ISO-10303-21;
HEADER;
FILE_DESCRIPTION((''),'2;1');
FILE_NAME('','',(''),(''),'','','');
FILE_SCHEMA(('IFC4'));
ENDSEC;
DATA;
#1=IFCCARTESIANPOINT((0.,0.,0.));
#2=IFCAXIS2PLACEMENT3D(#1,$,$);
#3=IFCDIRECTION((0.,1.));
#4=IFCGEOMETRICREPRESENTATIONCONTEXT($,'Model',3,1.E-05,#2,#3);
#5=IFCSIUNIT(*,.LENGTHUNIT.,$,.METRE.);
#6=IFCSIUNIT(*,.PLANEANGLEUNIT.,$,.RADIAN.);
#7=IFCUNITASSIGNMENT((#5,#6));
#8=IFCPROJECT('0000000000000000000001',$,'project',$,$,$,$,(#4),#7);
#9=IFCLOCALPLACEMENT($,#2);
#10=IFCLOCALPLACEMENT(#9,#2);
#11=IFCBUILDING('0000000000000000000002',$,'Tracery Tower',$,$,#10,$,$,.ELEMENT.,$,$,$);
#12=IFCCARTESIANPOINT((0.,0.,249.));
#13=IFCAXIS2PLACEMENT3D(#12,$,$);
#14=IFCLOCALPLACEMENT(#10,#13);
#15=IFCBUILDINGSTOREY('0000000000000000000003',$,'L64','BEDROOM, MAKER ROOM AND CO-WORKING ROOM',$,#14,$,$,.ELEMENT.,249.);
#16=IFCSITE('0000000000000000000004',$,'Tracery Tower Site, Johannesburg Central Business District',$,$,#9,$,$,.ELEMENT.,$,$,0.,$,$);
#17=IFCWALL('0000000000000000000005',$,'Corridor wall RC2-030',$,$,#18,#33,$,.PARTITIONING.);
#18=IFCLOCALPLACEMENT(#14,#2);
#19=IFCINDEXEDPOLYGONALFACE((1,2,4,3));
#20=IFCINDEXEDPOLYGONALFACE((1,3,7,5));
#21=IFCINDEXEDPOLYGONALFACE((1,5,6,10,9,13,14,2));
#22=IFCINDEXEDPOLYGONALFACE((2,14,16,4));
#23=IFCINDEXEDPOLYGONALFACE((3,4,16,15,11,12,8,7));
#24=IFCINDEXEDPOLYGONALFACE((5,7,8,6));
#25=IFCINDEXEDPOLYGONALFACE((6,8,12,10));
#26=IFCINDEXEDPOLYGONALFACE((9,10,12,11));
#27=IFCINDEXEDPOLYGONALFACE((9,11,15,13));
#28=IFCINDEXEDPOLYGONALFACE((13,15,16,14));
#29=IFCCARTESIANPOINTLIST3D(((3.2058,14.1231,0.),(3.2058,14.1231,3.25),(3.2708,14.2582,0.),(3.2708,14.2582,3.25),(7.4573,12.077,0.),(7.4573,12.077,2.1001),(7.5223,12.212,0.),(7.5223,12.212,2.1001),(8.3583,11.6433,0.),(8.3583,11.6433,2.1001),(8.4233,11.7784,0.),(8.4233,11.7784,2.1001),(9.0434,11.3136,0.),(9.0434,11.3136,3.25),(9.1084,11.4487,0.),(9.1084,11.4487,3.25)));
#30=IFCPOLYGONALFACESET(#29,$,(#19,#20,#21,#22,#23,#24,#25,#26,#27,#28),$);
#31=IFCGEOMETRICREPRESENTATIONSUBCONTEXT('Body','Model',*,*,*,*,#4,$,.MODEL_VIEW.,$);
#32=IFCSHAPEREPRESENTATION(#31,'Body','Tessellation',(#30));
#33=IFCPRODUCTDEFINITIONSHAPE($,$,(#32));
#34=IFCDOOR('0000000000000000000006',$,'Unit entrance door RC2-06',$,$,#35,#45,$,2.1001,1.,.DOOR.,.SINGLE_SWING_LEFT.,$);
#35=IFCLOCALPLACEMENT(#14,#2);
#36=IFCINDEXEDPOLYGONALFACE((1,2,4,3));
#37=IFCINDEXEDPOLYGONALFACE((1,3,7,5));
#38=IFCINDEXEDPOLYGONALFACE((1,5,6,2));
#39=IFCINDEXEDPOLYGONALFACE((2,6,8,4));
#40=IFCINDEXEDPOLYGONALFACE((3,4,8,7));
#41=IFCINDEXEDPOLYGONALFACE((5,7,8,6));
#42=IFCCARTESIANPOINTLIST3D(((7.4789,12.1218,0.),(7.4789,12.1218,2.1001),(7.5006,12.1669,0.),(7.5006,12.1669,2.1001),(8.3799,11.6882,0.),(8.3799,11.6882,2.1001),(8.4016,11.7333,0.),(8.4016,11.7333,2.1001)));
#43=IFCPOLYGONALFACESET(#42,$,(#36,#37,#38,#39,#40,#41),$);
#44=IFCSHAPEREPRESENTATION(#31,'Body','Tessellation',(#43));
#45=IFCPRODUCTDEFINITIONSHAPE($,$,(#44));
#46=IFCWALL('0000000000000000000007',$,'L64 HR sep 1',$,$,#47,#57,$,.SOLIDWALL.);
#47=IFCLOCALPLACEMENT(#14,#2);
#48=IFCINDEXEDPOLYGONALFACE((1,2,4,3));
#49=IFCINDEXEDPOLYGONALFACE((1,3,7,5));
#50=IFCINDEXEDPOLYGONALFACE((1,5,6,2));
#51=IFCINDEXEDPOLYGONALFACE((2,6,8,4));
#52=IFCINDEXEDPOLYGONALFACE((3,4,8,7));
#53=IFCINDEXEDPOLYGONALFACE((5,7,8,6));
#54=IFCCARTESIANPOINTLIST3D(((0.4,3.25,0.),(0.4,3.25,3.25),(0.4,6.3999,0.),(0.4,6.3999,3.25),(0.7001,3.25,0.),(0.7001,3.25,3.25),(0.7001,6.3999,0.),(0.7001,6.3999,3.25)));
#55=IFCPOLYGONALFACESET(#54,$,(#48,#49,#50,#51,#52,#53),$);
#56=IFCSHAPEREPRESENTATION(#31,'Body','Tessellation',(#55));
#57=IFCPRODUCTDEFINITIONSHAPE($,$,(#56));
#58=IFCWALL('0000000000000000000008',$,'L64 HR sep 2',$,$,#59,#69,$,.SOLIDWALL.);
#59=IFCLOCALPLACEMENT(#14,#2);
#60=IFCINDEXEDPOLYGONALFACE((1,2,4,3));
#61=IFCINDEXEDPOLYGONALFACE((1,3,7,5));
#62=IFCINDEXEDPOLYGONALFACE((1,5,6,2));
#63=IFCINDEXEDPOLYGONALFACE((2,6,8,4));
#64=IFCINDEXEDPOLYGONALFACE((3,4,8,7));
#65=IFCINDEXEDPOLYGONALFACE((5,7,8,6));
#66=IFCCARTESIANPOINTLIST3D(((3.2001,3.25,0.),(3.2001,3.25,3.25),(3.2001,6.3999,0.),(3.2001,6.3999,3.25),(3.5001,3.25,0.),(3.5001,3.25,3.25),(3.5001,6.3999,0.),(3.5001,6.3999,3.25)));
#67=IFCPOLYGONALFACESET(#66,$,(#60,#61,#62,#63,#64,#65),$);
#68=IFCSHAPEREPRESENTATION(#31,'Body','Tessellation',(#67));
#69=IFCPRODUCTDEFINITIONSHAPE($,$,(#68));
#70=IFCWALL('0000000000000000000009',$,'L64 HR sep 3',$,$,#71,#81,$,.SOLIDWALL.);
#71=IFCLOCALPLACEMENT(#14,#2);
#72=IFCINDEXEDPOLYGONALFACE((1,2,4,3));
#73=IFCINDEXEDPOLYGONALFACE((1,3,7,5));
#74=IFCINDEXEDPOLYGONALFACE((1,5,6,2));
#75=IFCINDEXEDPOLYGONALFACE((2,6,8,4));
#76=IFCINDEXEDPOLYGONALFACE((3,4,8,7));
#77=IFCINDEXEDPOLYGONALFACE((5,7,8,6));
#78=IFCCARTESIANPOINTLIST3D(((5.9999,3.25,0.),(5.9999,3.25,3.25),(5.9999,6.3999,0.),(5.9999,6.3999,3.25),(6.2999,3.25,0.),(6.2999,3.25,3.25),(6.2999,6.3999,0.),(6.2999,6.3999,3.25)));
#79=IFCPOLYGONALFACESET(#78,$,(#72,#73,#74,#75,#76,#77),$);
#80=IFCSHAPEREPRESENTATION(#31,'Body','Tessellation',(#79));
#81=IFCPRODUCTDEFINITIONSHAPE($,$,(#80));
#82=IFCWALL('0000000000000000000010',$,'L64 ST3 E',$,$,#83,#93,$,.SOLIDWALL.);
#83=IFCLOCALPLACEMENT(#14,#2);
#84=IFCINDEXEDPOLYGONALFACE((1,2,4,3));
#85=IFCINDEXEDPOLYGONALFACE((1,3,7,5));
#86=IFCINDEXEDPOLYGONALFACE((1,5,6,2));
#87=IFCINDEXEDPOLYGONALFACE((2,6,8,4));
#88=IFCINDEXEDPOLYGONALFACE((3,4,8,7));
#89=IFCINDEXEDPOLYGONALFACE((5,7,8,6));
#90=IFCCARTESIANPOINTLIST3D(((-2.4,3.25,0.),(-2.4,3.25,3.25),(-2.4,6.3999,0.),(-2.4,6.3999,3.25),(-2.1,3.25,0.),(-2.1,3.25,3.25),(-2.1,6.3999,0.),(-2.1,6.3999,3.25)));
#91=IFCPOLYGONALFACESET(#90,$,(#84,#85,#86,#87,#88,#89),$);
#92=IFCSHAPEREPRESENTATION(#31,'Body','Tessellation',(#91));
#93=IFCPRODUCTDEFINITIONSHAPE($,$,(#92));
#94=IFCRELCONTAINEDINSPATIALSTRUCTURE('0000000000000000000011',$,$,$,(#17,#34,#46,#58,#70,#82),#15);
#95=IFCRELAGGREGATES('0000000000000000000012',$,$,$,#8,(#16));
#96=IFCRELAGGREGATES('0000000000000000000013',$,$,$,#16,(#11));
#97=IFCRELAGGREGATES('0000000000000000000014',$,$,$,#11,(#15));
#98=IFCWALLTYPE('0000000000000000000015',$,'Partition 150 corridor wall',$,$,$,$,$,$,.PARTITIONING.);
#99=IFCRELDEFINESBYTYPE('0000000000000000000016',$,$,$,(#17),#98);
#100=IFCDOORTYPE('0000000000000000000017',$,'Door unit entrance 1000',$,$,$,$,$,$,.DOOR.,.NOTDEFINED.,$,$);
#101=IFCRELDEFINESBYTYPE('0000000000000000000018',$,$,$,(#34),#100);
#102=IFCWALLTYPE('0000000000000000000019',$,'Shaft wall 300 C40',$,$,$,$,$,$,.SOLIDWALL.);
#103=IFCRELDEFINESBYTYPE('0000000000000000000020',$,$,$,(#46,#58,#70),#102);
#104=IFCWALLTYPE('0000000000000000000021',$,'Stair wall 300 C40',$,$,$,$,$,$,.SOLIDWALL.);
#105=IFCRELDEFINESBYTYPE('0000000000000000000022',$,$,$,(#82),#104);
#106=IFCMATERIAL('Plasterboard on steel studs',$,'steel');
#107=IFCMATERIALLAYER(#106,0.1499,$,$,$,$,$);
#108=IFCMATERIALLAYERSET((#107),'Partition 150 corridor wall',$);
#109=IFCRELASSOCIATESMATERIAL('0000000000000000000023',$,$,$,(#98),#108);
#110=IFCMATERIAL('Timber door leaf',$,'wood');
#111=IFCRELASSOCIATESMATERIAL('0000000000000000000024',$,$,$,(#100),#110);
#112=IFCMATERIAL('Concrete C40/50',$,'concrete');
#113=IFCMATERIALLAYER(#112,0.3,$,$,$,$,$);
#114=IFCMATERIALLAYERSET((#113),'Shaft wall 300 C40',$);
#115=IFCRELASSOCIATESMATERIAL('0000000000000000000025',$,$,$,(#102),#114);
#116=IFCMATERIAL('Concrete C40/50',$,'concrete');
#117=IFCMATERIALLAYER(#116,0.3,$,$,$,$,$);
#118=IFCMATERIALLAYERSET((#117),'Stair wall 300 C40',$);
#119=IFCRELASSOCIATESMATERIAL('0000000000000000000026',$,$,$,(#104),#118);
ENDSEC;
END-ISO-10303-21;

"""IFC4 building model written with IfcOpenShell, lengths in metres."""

from ifc_helpers import new_model, si_unit, direction, frame, frame_2d, origin, place, context, subcontext, project, spatial, rectangle, extrude, material, layer, layer_set, type_object, element, fill, save


model = new_model("IFC4")

# Units and contexts
model_context = context("Model", 3, precision=1e-05, world=origin(), true_north=direction((0.0, 1.0)))
body_context = subcontext(model_context, "Body", "Model", "MODEL_VIEW")
ifc_project = project(units=[si_unit("LENGTHUNIT", "METRE"), si_unit("PLANEANGLEUNIT", "RADIAN")], contexts=[model_context])

# Site, building, storey
site_placement = place(None, origin())
site = spatial("IfcSite", under=ifc_project, at=site_placement, Name="Tracery Tower Site, Johannesburg Central Business District", CompositionType="ELEMENT", RefElevation=0.0)
building_placement = place(site_placement, origin())
building = spatial("IfcBuilding", under=site, at=building_placement, Name="Tracery Tower", CompositionType="ELEMENT")
storey_placement = place(building_placement, frame((0.0, 0.0, 249.0)))
storey = spatial("IfcBuildingStorey", under=building, at=storey_placement, Name="L64", Description="BEDROOM, MAKER ROOM AND CO-WORKING ROOM", CompositionType="ELEMENT", Elevation=249.0)

# Shared definitions
ifc_material_1 = material(Name="Plasterboard on steel studs", Category="steel")
ifc_layer_1 = layer(ifc_material_1, 0.1499)
ifc_layer_set_1 = layer_set([ifc_layer_1], Name="Partition 150 corridor wall")
wall_type_1 = type_object("IfcWallType", Name="Partition 150 corridor wall", PredefinedType="PARTITIONING", material=ifc_layer_set_1)

# Wall, opening, door
wall_1_placement = place(storey_placement, frame((3.2383, 14.1907, 0.0), z_axis=(0.0, 0.0, 1.0), x_axis=(0.901071, -0.433672, 0.0)))
wall_1 = element("IfcWall", 1, at=wall_1_placement, inside=storey, type_object=wall_type_1, Name="Corridor wall RC2-030", PredefinedType="PARTITIONING", context=body_context, shape_type="SweptSolid", body=[
    extrude(rectangle(XDim=6.4785, YDim=0.1499, at=frame_2d((3.2393, 0.0))), origin(), (0.0, 0.0, 1.0), 3.25),
])
opening_1_placement = place(wall_1_placement, frame((4.7183, 0.0, 0.0)))
opening_1 = element("IfcOpeningElement", 2, at=opening_1_placement, cuts=wall_1, PredefinedType="OPENING", context=body_context, shape_type="SweptSolid", body=[
    extrude(rectangle(XDim=1.0, YDim=2.1001, at=frame_2d((0.5, 1.05))), frame((0.0, 0.075, 0.0), z_axis=(0.0, -1.0, 0.0), x_axis=(1.0, 0.0, 0.0)), (0.0, 0.0, 1.0), 0.1499),
])
ifc_material_2 = material(Name="Timber door leaf", Category="wood")
door_type_1 = type_object("IfcDoorType", Name="Door unit entrance 1000", OperationType="NOTDEFINED", PredefinedType="DOOR", material=ifc_material_2)
door_1_placement = place(opening_1_placement, origin())
door_1 = element("IfcDoor", 3, at=door_1_placement, inside=storey, type_object=door_type_1, Name="Unit entrance door RC2-06", OperationType="SINGLE_SWING_LEFT", OverallHeight=2.1001, OverallWidth=1.0, PredefinedType="DOOR", context=body_context, shape_type="SweptSolid", body=[
    extrude(rectangle(XDim=1.0, YDim=2.1001, at=frame_2d((0.5, 1.05))), frame((0.0, 0.0249, 0.0), z_axis=(0.0, -1.0, 0.0), x_axis=(1.0, 0.0, 0.0)), (0.0, 0.0, 1.0), 0.05),
])
fill(opening_1, door_1)

# Walls
ifc_material_3 = material(Name="Concrete C40/50", Category="concrete")
ifc_layer_2 = layer(ifc_material_3, 0.3)
ifc_layer_set_2 = layer_set([ifc_layer_2], Name="Shaft wall 300 C40")
wall_type_2 = type_object("IfcWallType", Name="Shaft wall 300 C40", PredefinedType="SOLIDWALL", material=ifc_layer_set_2)
for number, where, z_axis, x_axis, name in (
    (4, (0.55, 3.25, 0.0), (0.0, 0.0, 1.0), (0.0, 1.0, 0.0), "L64 HR sep 1"),
    (5, (3.3501, 3.25, 0.0), (0.0, 0.0, 1.0), (0.0, 1.0, 0.0), "L64 HR sep 2"),
    (6, (6.1499, 3.25, 0.0), (0.0, 0.0, 1.0), (0.0, 1.0, 0.0), "L64 HR sep 3"),
):
    element("IfcWall", number, at=place(storey_placement, frame(where, z_axis=z_axis, x_axis=x_axis)), inside=storey, type_object=wall_type_2, Name=name, PredefinedType="SOLIDWALL", context=body_context, shape_type="SweptSolid", body=[
        extrude(rectangle(XDim=3.1499, YDim=0.3, at=frame_2d((1.575, 0.0))), origin(), (0.0, 0.0, 1.0), 3.25),
    ])
ifc_material_4 = material(Name="Concrete C40/50", Category="concrete")
ifc_layer_3 = layer(ifc_material_4, 0.3)
ifc_layer_set_3 = layer_set([ifc_layer_3], Name="Stair wall 300 C40")
wall_type_3 = type_object("IfcWallType", Name="Stair wall 300 C40", PredefinedType="SOLIDWALL", material=ifc_layer_set_3)
wall_2_placement = place(storey_placement, frame((-2.25, 3.25, 0.0), z_axis=(0.0, 0.0, 1.0), x_axis=(0.0, 1.0, 0.0)))
element("IfcWall", 7, at=wall_2_placement, inside=storey, type_object=wall_type_3, Name="L64 ST3 E", PredefinedType="SOLIDWALL", context=body_context, shape_type="SweptSolid", body=[
    extrude(rectangle(XDim=3.1499, YDim=0.3, at=frame_2d((1.575, 0.0))), origin(), (0.0, 0.0, 1.0), 3.25),
])

save(model, "model.ifc")
